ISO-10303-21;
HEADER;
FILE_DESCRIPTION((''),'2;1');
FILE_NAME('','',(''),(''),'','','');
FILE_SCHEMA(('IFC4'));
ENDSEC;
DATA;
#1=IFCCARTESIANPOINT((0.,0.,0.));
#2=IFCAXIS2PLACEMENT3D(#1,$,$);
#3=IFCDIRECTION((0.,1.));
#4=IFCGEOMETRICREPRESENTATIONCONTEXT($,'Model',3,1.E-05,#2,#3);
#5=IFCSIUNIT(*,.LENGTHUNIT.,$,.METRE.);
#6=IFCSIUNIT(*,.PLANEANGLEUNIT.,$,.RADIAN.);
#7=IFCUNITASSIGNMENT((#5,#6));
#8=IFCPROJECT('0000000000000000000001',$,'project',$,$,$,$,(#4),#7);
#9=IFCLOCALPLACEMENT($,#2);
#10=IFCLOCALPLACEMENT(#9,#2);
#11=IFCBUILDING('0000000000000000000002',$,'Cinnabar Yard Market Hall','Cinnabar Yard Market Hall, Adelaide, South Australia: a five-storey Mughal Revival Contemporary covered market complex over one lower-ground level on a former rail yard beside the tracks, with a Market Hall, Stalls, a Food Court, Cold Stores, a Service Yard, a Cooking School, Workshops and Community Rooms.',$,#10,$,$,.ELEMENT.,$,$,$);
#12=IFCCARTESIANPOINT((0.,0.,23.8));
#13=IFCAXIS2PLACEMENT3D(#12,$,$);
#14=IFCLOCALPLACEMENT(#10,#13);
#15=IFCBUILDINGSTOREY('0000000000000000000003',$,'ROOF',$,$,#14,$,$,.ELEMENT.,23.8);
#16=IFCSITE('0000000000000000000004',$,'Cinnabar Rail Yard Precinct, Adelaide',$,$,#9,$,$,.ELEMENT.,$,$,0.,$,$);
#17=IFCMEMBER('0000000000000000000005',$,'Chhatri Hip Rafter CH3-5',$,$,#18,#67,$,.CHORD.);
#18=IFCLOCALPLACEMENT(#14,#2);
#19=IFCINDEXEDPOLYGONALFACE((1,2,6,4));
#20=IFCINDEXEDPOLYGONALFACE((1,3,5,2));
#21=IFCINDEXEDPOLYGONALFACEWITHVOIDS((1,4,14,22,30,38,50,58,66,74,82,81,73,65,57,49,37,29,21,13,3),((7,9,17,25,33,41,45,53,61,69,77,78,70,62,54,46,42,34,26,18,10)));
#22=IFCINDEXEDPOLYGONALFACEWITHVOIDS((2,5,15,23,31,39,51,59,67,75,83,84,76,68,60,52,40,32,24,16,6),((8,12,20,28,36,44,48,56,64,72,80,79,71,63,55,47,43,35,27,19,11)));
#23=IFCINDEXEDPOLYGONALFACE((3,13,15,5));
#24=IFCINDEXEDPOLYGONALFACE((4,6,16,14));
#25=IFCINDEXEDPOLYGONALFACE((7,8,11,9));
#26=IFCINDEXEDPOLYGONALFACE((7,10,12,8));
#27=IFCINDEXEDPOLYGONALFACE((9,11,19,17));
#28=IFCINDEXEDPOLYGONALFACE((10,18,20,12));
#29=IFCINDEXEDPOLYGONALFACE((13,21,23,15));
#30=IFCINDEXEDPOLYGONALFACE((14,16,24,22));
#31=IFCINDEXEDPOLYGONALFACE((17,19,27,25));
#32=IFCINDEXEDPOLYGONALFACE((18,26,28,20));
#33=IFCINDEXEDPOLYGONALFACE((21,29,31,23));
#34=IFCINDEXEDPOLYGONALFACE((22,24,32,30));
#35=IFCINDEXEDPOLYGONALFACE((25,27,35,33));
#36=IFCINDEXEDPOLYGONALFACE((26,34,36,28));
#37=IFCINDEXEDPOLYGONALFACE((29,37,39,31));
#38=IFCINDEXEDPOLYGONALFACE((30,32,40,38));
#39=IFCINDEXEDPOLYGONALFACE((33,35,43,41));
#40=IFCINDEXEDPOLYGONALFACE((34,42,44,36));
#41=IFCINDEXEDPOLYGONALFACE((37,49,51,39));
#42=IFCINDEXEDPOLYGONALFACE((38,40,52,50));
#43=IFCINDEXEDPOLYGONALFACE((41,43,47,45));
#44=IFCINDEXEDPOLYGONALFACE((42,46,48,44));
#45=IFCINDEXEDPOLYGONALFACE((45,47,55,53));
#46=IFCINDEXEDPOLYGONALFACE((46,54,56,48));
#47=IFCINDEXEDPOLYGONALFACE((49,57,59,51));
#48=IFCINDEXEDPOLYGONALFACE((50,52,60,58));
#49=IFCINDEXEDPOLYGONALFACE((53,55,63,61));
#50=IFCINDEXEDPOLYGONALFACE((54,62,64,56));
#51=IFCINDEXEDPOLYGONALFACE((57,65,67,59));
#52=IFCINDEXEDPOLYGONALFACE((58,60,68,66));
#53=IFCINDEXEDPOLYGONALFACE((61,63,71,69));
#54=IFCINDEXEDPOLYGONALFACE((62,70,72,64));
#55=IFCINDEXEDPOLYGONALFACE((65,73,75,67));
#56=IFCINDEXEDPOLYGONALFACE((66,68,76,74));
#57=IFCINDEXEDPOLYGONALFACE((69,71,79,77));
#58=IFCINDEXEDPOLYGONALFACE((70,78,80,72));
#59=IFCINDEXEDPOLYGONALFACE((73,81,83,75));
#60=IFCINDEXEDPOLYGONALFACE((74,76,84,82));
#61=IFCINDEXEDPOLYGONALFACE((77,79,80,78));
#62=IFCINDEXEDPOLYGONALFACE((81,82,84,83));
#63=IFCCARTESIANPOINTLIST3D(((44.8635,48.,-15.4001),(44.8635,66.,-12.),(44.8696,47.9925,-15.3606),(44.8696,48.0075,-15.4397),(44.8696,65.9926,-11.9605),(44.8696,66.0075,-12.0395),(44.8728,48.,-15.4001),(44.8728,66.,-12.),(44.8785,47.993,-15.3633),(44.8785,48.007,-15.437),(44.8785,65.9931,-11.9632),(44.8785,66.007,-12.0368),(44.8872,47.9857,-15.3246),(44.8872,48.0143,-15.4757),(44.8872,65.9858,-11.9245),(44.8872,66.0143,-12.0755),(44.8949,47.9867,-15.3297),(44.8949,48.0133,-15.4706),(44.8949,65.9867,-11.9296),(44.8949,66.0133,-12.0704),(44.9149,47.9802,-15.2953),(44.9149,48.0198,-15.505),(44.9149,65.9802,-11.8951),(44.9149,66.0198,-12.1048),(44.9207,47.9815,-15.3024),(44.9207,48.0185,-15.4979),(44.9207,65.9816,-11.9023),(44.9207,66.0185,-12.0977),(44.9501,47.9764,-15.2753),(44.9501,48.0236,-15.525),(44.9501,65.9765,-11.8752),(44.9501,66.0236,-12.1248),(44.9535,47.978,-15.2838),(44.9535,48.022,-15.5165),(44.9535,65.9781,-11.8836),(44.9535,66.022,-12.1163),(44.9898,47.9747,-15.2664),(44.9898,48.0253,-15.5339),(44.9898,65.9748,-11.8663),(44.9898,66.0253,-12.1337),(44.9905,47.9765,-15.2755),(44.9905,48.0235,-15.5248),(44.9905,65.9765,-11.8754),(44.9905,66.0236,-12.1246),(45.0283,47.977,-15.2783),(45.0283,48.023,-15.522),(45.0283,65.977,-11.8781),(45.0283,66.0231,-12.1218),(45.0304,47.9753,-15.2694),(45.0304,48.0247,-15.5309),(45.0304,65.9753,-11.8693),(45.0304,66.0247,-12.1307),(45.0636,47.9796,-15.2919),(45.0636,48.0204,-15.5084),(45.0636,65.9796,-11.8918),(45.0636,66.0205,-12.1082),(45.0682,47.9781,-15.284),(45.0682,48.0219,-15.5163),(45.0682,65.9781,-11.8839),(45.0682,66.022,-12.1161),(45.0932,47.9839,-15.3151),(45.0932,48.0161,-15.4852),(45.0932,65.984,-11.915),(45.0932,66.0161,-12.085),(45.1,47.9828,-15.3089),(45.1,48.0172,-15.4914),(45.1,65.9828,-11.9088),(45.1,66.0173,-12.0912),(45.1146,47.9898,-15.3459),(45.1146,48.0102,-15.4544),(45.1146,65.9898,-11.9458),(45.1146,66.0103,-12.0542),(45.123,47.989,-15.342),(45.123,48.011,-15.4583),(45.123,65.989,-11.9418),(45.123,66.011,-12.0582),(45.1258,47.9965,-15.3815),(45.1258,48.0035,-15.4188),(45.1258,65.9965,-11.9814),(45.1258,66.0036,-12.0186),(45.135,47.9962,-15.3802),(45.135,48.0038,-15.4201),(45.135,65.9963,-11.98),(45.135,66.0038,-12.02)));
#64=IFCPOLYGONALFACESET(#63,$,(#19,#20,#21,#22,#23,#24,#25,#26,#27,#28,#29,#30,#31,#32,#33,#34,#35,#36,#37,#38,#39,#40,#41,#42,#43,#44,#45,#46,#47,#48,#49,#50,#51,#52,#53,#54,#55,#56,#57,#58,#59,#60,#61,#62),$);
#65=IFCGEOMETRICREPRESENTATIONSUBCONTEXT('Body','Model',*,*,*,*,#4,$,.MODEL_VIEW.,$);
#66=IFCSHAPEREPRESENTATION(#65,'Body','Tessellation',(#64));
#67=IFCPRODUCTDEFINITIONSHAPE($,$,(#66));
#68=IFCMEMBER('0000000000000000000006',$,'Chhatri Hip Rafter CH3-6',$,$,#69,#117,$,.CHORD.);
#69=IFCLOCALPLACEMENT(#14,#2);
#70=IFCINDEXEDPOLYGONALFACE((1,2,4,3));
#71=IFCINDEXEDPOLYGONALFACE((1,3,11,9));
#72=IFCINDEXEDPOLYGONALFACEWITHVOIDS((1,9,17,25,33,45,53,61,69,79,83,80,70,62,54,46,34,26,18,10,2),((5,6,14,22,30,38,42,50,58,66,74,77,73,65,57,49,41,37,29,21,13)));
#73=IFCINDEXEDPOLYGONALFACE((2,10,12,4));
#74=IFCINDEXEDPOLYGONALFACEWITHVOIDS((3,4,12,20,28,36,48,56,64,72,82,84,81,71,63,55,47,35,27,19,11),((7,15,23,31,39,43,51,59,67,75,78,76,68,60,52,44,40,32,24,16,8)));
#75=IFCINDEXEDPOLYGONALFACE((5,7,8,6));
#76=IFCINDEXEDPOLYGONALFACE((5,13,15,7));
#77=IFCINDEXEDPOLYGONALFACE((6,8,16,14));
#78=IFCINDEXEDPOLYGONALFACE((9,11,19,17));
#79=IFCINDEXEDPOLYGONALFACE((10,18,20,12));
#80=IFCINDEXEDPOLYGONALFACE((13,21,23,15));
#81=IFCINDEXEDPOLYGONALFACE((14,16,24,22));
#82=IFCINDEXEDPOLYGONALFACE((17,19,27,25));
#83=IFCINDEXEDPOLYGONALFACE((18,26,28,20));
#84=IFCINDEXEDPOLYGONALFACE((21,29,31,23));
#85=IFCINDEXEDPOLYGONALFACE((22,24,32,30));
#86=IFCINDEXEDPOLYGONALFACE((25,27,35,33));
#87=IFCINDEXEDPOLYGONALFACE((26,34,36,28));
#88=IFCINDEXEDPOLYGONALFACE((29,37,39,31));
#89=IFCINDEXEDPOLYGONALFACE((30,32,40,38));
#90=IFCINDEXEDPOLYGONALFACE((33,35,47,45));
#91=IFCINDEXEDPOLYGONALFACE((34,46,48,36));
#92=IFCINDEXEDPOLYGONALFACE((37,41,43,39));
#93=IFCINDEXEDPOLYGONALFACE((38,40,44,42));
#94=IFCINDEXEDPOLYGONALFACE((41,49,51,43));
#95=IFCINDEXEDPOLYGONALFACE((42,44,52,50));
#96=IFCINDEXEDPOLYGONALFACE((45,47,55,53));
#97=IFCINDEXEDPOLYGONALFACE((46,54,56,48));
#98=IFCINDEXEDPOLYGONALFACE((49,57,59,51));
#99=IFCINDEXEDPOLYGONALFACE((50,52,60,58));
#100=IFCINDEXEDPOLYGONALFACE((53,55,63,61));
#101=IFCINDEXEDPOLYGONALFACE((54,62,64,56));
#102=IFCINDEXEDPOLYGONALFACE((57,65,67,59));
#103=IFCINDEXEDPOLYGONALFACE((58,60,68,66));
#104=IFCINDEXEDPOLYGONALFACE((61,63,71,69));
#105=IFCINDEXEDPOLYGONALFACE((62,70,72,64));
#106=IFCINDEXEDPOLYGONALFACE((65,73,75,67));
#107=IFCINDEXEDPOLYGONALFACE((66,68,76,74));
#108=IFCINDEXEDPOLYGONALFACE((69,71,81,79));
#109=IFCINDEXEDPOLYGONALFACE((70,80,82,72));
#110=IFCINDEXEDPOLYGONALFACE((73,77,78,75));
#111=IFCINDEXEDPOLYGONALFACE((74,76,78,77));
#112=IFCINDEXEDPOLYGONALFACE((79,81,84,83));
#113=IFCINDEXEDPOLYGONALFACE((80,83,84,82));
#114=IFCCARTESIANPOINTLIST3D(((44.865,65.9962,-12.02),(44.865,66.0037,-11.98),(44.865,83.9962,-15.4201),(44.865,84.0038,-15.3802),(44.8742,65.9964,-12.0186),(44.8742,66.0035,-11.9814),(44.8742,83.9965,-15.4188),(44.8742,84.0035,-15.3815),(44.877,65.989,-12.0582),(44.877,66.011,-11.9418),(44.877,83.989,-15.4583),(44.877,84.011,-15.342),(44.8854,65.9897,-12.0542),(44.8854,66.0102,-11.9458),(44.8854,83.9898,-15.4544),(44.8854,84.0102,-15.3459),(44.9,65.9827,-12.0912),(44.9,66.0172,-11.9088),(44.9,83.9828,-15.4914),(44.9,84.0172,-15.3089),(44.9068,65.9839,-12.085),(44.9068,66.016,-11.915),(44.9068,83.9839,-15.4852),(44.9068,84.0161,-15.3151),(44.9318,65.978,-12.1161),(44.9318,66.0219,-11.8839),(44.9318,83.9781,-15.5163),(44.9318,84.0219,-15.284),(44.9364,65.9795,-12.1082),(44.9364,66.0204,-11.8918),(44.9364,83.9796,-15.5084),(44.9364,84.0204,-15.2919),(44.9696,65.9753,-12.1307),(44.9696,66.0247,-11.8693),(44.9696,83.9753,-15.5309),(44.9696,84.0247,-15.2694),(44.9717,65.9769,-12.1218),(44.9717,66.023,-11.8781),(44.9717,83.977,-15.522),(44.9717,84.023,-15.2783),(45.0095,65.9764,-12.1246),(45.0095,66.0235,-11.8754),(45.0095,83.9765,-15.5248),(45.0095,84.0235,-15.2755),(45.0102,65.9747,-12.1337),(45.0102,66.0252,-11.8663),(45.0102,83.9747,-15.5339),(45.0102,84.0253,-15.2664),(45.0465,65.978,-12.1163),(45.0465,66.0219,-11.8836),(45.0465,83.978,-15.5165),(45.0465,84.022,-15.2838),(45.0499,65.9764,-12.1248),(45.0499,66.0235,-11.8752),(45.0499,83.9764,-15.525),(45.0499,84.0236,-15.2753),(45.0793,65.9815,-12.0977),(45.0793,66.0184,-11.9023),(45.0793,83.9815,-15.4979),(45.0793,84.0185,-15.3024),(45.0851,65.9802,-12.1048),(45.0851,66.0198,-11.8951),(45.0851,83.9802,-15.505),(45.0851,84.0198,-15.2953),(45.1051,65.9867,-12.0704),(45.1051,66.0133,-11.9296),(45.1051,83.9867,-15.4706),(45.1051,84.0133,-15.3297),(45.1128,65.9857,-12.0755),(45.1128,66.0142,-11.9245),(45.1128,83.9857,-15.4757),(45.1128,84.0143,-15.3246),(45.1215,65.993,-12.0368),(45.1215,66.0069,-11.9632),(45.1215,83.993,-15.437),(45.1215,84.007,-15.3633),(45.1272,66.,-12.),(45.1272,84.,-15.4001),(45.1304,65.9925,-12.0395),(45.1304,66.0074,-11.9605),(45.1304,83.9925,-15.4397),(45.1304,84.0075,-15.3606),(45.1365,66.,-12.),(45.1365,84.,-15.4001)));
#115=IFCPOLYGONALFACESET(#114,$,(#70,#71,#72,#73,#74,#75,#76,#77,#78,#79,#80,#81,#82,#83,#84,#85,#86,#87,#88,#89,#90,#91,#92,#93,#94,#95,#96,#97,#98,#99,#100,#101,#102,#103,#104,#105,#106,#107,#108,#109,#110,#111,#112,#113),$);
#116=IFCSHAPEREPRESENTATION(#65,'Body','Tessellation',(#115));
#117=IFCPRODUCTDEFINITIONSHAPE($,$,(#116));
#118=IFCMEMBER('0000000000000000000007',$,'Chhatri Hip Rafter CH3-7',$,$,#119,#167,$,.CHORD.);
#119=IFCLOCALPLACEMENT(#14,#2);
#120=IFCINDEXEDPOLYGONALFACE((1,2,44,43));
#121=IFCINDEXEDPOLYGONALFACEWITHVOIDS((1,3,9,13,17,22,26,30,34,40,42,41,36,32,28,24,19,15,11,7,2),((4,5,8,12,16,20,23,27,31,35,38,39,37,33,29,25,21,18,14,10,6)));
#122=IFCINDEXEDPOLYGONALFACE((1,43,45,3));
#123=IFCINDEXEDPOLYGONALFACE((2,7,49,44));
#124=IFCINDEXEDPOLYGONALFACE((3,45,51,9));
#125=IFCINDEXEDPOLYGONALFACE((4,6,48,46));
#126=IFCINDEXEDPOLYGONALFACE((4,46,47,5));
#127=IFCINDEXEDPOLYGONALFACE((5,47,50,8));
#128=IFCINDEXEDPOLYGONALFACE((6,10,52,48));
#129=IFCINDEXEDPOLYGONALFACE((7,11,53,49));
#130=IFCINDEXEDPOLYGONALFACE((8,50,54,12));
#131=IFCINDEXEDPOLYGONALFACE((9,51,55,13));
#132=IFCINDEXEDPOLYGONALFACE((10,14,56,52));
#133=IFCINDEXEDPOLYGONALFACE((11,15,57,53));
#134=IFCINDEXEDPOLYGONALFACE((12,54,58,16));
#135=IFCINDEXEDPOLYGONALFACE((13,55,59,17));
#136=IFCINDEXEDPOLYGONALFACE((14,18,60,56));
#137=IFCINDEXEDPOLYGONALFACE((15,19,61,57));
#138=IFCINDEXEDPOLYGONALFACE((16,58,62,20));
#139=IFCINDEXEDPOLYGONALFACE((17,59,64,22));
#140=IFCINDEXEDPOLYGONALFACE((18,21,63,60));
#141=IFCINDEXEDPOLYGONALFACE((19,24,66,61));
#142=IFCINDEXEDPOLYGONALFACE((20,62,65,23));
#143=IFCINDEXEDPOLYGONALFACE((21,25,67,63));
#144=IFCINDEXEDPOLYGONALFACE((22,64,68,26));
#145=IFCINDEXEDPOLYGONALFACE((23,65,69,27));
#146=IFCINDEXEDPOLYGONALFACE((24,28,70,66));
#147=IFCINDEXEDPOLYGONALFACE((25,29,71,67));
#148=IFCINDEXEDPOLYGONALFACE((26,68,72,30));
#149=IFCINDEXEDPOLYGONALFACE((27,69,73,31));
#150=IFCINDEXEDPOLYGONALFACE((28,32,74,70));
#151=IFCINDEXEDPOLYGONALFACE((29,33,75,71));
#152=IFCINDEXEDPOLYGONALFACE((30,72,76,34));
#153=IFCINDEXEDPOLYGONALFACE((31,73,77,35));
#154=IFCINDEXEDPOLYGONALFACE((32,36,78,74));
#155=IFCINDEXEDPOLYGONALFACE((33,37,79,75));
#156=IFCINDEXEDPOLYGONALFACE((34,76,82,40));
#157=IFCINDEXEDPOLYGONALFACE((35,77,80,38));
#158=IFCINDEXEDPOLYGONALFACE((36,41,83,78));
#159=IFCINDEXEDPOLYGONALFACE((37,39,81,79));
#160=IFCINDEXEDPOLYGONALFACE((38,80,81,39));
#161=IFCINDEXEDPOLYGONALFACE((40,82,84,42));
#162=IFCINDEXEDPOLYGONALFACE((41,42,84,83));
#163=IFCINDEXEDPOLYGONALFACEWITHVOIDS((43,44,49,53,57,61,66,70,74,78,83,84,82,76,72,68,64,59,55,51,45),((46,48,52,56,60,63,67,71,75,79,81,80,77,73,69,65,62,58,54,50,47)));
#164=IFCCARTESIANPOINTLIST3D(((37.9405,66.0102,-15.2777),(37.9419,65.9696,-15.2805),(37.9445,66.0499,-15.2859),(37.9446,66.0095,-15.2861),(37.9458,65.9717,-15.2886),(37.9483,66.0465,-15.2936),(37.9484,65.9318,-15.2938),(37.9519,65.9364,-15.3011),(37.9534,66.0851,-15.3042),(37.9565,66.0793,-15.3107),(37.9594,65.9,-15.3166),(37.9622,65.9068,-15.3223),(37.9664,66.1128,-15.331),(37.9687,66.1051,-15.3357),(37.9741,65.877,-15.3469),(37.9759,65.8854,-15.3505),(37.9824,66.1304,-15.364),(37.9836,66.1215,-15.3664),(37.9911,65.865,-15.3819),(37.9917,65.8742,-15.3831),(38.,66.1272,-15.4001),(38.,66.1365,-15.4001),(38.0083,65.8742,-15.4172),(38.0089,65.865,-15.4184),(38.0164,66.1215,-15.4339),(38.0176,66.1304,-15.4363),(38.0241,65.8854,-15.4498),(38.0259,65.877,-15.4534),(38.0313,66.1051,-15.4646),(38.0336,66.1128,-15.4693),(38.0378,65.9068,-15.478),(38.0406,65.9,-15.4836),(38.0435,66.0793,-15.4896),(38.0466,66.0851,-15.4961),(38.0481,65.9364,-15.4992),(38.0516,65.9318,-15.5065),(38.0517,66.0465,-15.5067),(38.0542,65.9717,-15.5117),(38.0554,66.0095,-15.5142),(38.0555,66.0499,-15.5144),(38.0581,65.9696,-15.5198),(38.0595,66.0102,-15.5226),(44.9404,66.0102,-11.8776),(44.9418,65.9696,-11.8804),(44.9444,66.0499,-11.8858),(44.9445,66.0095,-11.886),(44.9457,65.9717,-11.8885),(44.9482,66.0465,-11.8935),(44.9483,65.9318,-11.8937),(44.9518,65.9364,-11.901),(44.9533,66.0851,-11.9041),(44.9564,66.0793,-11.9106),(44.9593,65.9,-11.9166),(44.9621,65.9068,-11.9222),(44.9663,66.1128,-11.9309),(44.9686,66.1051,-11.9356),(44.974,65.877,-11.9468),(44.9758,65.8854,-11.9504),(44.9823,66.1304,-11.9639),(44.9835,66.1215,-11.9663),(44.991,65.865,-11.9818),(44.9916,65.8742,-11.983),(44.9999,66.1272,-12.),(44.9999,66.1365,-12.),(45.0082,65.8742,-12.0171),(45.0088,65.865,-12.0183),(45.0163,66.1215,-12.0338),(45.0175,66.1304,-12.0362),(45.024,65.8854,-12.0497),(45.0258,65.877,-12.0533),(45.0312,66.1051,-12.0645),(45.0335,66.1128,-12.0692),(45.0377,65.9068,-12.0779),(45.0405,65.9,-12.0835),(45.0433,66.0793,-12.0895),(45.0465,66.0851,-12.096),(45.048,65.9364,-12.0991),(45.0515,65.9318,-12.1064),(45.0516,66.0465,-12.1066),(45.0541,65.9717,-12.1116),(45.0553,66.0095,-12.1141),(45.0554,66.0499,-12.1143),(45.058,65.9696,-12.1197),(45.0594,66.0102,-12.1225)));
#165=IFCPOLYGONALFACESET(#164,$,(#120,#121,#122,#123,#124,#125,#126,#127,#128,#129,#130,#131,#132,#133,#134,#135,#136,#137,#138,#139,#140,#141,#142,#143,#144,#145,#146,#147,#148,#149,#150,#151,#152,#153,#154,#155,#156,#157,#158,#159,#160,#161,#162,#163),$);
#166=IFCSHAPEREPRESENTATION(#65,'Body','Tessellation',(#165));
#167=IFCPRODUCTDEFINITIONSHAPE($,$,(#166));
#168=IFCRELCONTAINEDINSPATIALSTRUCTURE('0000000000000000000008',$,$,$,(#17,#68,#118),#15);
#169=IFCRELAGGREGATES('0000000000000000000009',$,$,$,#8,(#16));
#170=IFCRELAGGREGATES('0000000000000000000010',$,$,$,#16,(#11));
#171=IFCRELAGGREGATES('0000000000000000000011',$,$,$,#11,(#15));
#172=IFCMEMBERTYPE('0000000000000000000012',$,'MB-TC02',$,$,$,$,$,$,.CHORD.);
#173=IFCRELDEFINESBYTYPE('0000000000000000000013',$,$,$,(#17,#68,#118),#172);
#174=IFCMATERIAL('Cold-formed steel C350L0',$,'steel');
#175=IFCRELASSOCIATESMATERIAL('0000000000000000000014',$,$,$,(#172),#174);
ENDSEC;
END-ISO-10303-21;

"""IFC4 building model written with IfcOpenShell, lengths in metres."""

from ifc_helpers import new_model, si_unit, direction, frame, origin, origin_2d_with_axis, place, context, subcontext, project, spatial, hollow_circle, extrude, material, material_profile, profile_set, type_object, element, save


model = new_model("IFC4")

# Units and contexts
model_context = context("Model", 3, precision=1e-05, world=origin(), true_north=direction((0.0, 1.0)))
body_context = subcontext(model_context, "Body", "Model", "MODEL_VIEW")
ifc_project = project(units=[si_unit("LENGTHUNIT", "METRE"), si_unit("PLANEANGLEUNIT", "RADIAN")], contexts=[model_context])

# Site, building, storey
site_placement = place(None, origin())
site = spatial("IfcSite", under=ifc_project, at=site_placement, Name="Cinnabar Rail Yard Precinct, Adelaide", CompositionType="ELEMENT", RefElevation=0.0)
building_placement = place(site_placement, origin())
building = spatial("IfcBuilding", under=site, at=building_placement, Name="Cinnabar Yard Market Hall", Description="Cinnabar Yard Market Hall, Adelaide, South Australia: a five-storey Mughal Revival Contemporary covered market complex over one lower-ground level on a former rail yard beside the tracks, with a Market Hall, Stalls, a Food Court, Cold Stores, a Service Yard, a Cooking School, Workshops and Community Rooms.", CompositionType="ELEMENT")
storey_placement = place(building_placement, frame((0.0, 0.0, 23.8)))
storey = spatial("IfcBuildingStorey", under=building, at=storey_placement, Name="ROOF", CompositionType="ELEMENT", Elevation=23.8)

# Members
ifc_material_1 = material(Name="Cold-formed steel C350L0", Category="steel")
ifc_material_profile_1 = material_profile(ifc_material_1, hollow_circle(Radius=0.1365, WallThickness=0.0093, at=origin_2d_with_axis()), Name="273.1x9.3CHS")
ifc_profile_set_1 = profile_set([ifc_material_profile_1], Name="Cold-formed steel C350L0")
member_type_1 = type_object("IfcMemberType", Name="MB-TC02", PredefinedType="CHORD", material=ifc_profile_set_1)
for number, where, z_axis, x_axis, name in (
    (1, (45.0, 48.0, -15.4001), (0.0, 0.982623, 0.185614), (-1.0, 0.0, 0.0), "Chhatri Hip Rafter CH3-5"),
    (2, (45.0, 84.0, -15.4001), (0.0, -0.982623, 0.185614), (1.0, 0.0, 0.0), "Chhatri Hip Rafter CH3-6"),
):
    element("IfcMember", number, at=place(storey_placement, frame(where, z_axis=z_axis, x_axis=x_axis)), inside=storey, type_object=member_type_1, Name=name, PredefinedType="CHORD", context=body_context, shape_type="SweptSolid", body=[
        extrude(hollow_circle(Radius=0.1365, WallThickness=0.0093, at=origin_2d_with_axis()), origin(), (0.0, 0.0, 1.0), 18.3184),
    ])
for number, where, z_axis, x_axis, name in (
    (3, (38.0, 66.0, -15.4001), (0.899501, 0.0, 0.436919), (0.0, 1.0, 0.0), "Chhatri Hip Rafter CH3-7"),
):
    element("IfcMember", number, at=place(storey_placement, frame(where, z_axis=z_axis, x_axis=x_axis)), inside=storey, type_object=member_type_1, Name=name, PredefinedType="CHORD", context=body_context, shape_type="SweptSolid", body=[
        extrude(hollow_circle(Radius=0.1365, WallThickness=0.0093, at=origin_2d_with_axis()), origin(), (0.0, 0.0, 1.0), 7.782),
    ])

save(model, "model.ifc")
